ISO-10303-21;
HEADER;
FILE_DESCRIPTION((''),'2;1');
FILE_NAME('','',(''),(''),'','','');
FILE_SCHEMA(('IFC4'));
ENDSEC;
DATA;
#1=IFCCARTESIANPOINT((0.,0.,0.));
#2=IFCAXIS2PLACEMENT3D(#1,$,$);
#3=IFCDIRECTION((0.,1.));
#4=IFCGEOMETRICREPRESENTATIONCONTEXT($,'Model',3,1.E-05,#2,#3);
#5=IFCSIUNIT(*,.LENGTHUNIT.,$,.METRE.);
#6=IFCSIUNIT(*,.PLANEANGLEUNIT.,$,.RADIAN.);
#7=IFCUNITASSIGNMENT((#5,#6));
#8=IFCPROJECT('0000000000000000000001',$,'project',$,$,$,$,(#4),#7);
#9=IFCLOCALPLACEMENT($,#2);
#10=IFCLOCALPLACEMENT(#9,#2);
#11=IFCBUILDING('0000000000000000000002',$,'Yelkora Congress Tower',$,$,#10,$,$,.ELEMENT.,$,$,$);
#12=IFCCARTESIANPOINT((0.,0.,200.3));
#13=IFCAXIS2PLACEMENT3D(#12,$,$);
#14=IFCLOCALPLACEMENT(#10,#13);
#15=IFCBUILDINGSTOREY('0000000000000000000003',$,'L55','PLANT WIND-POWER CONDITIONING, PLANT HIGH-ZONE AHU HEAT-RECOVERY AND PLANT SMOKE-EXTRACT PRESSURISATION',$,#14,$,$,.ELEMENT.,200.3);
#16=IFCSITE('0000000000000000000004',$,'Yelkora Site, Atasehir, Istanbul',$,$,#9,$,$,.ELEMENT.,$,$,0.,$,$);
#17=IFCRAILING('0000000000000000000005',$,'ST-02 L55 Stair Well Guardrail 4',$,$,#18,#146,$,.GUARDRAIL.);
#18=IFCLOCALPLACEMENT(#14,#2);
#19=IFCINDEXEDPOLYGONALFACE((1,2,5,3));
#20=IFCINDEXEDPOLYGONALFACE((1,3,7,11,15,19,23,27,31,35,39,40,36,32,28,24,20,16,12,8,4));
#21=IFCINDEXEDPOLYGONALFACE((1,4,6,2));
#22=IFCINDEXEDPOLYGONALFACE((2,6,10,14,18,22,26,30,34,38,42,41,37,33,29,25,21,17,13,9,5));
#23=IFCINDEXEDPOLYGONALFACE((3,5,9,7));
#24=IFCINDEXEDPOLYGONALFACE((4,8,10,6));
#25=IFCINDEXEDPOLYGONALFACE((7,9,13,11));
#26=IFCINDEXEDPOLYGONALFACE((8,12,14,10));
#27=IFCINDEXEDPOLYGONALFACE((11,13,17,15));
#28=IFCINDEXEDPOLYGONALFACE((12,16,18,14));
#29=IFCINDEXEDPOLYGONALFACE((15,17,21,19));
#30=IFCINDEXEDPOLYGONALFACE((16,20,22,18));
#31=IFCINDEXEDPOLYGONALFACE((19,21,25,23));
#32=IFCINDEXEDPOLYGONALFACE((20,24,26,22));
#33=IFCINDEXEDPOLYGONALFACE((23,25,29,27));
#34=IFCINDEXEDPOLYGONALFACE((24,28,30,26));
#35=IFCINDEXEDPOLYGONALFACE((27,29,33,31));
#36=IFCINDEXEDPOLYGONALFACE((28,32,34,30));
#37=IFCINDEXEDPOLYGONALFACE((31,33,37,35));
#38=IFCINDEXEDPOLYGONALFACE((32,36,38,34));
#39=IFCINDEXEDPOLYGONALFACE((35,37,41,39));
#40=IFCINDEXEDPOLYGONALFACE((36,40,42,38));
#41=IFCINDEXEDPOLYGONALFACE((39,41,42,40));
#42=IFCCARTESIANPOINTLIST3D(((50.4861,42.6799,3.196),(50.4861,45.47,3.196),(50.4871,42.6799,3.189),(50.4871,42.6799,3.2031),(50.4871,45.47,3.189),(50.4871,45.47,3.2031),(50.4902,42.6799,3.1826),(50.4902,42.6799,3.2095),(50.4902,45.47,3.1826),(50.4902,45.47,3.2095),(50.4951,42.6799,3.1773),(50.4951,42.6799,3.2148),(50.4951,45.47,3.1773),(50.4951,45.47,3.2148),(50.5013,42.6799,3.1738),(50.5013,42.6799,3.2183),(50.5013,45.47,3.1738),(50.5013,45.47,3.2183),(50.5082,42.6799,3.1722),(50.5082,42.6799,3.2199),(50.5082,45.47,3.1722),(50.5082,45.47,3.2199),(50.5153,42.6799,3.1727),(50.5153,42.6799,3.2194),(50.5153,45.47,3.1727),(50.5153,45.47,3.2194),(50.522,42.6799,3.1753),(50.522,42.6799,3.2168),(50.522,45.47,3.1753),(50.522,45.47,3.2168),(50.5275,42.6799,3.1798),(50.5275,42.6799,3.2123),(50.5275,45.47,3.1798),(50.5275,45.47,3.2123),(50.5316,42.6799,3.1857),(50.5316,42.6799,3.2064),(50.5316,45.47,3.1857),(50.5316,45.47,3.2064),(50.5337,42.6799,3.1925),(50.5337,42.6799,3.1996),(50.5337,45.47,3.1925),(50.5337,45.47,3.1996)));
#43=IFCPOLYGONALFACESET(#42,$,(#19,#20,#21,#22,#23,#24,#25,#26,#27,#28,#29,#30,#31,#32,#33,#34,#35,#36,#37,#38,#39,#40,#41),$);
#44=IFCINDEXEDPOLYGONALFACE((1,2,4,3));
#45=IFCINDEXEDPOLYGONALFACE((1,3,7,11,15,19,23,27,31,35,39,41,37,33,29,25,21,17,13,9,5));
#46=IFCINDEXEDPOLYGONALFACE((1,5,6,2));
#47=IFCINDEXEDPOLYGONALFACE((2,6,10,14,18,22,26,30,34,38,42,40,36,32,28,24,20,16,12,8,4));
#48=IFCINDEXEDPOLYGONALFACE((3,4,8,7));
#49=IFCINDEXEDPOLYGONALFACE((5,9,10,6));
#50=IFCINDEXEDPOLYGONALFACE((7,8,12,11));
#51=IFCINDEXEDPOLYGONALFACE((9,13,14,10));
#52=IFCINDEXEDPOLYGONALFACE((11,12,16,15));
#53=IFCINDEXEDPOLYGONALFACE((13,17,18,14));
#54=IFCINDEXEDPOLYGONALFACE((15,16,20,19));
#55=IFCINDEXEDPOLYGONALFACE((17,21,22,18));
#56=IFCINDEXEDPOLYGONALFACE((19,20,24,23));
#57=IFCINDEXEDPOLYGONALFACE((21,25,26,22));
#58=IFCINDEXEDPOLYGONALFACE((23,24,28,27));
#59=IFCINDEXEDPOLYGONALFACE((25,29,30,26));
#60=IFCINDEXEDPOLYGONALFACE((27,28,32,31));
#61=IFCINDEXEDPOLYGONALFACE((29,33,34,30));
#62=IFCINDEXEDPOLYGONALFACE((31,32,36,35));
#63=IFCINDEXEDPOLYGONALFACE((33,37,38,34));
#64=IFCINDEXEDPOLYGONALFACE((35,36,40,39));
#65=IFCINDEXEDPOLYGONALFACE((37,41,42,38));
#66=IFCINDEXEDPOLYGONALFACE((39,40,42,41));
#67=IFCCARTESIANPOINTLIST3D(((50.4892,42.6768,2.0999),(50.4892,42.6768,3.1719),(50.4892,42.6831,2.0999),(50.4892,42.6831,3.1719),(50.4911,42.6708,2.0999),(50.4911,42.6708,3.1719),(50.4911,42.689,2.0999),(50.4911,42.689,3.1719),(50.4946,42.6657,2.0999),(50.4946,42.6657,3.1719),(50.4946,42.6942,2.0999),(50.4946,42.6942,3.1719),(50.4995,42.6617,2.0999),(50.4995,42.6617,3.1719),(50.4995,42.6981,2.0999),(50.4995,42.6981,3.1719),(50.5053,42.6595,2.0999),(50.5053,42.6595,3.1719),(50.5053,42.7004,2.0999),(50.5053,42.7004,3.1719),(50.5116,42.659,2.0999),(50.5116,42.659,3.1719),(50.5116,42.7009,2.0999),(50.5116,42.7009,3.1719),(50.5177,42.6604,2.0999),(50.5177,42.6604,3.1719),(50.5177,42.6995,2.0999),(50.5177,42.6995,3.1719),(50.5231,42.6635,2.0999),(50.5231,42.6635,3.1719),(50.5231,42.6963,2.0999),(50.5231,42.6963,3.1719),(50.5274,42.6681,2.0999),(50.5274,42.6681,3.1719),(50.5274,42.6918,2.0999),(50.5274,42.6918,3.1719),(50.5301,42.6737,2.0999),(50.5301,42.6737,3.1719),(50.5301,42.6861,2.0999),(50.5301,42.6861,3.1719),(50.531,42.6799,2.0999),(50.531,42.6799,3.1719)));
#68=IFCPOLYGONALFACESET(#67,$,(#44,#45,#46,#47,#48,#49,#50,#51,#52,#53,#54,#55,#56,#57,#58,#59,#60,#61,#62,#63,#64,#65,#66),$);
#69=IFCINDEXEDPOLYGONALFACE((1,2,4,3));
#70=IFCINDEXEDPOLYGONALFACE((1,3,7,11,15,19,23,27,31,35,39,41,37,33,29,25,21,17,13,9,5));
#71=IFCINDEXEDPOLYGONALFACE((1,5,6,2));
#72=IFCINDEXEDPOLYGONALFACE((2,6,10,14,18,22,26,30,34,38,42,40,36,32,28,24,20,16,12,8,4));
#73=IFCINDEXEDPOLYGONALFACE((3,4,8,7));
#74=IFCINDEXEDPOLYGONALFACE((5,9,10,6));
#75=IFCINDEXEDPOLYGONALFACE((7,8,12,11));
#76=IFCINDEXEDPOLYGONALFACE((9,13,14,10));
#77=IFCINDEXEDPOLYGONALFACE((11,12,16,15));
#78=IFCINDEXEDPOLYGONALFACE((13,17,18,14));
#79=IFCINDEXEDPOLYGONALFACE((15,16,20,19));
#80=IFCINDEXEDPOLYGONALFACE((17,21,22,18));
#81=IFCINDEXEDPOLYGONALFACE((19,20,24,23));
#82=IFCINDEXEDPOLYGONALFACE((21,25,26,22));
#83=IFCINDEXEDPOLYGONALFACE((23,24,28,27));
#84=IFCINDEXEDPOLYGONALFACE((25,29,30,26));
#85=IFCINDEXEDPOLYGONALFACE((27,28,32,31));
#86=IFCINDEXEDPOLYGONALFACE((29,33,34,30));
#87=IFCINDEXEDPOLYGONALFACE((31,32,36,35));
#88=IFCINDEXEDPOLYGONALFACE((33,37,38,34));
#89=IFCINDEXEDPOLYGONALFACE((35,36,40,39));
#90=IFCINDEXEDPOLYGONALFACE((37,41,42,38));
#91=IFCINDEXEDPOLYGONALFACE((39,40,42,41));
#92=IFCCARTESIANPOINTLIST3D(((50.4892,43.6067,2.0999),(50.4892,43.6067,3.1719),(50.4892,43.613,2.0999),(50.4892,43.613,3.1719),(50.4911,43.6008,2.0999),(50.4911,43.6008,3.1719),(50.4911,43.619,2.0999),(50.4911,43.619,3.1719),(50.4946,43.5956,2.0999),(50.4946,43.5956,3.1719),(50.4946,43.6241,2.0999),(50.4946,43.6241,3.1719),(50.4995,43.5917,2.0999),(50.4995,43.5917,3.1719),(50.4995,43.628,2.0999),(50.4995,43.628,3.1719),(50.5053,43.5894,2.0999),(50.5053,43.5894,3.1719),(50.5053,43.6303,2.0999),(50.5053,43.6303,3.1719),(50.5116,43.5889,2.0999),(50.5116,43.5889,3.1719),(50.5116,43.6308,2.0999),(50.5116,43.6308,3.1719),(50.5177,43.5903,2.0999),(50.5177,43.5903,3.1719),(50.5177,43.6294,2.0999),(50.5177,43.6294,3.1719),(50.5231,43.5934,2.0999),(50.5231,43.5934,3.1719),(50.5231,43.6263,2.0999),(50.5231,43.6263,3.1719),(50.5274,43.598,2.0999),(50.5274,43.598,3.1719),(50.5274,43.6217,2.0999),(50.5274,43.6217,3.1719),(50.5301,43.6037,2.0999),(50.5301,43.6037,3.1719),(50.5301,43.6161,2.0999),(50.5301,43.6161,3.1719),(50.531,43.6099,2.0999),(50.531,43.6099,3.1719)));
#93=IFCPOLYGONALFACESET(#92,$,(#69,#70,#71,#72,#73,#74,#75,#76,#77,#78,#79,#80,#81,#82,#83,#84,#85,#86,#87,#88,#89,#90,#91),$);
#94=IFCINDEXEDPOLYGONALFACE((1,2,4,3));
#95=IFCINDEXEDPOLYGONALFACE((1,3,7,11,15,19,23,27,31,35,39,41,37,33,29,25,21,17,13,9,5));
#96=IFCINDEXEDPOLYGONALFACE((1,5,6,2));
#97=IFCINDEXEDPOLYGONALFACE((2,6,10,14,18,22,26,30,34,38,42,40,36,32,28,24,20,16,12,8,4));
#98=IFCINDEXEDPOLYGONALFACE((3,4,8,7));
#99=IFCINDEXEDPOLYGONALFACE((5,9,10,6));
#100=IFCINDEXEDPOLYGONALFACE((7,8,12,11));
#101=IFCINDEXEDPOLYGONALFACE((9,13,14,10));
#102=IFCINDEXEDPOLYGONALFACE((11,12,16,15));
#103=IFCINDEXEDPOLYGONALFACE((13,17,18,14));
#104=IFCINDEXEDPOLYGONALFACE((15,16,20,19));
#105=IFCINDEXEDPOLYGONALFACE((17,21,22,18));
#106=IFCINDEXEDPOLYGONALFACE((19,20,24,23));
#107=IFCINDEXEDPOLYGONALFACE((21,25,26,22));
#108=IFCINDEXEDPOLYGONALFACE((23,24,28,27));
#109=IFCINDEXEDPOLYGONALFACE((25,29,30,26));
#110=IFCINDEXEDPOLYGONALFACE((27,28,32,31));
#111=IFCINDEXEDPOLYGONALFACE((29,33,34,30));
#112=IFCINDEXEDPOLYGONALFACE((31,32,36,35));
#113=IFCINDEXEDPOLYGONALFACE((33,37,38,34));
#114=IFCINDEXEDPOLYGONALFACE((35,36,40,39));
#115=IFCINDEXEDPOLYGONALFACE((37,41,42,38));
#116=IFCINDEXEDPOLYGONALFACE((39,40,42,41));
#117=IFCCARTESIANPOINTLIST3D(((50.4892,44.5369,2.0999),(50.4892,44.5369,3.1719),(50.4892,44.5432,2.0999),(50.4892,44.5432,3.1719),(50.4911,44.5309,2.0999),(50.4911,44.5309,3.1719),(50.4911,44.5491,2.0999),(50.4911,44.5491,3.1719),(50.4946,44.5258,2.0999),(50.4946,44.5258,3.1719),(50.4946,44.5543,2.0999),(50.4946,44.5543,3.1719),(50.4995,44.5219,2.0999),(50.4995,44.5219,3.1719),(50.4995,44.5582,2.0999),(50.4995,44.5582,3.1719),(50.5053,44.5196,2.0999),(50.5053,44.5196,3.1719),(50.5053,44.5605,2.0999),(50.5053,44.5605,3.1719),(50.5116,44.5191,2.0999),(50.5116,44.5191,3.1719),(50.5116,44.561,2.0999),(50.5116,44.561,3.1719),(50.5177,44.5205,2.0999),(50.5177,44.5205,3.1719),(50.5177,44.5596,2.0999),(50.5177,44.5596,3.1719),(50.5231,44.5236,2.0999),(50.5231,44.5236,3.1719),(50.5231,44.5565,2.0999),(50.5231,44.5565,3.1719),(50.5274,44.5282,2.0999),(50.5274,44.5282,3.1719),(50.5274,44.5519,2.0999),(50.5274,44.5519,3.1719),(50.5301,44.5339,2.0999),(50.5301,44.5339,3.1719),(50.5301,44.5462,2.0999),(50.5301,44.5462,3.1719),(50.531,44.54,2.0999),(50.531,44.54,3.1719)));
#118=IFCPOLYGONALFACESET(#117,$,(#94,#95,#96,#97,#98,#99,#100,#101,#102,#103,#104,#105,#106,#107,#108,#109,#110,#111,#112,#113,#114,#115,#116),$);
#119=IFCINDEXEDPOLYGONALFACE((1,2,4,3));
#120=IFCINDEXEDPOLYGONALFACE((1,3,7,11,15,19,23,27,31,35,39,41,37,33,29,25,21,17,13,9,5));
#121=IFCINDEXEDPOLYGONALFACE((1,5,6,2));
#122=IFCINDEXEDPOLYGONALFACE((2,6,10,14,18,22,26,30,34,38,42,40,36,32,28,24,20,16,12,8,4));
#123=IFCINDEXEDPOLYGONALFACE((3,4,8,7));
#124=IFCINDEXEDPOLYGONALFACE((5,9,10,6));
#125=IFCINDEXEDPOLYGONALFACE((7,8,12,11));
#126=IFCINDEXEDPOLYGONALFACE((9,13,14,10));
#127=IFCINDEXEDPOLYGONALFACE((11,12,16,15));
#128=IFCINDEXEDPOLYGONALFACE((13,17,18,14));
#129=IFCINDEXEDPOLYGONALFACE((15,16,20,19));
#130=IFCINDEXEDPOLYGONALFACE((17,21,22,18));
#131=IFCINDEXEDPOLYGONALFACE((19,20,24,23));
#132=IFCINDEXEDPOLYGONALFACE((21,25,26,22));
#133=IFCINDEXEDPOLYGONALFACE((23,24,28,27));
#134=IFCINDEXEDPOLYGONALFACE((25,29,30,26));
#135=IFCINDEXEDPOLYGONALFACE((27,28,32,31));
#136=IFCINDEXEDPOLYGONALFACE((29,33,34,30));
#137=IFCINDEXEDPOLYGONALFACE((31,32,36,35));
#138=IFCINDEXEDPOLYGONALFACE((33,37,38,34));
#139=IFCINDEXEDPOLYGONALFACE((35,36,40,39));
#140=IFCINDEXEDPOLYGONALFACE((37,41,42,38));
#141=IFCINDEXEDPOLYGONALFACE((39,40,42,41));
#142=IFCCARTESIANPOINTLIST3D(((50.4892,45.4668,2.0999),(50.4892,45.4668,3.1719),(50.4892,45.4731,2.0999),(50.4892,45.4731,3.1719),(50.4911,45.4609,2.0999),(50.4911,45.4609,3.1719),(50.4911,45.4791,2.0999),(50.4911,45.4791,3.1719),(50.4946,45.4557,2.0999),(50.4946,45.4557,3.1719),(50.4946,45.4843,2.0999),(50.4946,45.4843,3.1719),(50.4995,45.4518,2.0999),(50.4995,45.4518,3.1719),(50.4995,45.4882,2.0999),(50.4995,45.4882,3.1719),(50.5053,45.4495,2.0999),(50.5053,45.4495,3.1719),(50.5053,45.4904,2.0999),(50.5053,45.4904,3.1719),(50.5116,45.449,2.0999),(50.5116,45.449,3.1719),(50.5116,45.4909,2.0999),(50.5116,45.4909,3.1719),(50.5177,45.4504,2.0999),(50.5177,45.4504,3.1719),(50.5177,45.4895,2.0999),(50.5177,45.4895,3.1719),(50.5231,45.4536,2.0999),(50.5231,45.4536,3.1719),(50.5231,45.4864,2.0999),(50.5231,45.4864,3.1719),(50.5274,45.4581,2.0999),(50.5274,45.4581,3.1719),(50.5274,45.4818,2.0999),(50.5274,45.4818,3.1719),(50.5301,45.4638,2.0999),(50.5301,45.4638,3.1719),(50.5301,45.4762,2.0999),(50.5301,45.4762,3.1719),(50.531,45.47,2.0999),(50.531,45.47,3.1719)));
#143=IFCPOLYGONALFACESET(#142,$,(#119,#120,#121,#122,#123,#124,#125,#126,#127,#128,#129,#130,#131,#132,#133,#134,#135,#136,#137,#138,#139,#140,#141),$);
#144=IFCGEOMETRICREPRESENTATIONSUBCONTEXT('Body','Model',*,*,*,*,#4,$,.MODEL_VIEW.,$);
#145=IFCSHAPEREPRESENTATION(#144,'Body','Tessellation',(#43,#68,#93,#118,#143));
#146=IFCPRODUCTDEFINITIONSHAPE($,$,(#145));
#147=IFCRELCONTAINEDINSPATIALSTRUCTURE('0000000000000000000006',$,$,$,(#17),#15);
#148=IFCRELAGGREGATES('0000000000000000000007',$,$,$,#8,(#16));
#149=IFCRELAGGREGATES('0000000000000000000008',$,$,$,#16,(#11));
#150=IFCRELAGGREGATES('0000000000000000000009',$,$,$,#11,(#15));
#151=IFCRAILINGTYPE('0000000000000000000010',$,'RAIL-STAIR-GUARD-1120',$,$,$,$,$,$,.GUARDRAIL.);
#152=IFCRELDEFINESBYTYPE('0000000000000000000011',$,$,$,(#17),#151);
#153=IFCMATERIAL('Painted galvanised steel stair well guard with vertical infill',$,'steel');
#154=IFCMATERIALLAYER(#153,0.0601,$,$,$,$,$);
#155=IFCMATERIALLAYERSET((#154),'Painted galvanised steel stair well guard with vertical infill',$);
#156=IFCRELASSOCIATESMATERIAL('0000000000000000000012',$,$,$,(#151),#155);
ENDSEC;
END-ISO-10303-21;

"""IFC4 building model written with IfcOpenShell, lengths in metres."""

from ifc_helpers import new_model, si_unit, direction, frame, origin, origin_2d, place, context, subcontext, project, spatial, circle, extrude, material, layer, layer_set, type_object, element, save


model = new_model("IFC4")

# Units and contexts
model_context = context("Model", 3, precision=1e-05, world=origin(), true_north=direction((0.0, 1.0)))
body_context = subcontext(model_context, "Body", "Model", "MODEL_VIEW")
ifc_project = project(units=[si_unit("LENGTHUNIT", "METRE"), si_unit("PLANEANGLEUNIT", "RADIAN")], contexts=[model_context])

# Site, building, storey
site_placement = place(None, origin())
site = spatial("IfcSite", under=ifc_project, at=site_placement, Name="Yelkora Site, Atasehir, Istanbul", CompositionType="ELEMENT", RefElevation=0.0)
building_placement = place(site_placement, origin())
building = spatial("IfcBuilding", under=site, at=building_placement, Name="Yelkora Congress Tower", CompositionType="ELEMENT")
storey_placement = place(building_placement, frame((0.0, 0.0, 200.3)))
storey = spatial("IfcBuildingStorey", under=building, at=storey_placement, Name="L55", Description="PLANT WIND-POWER CONDITIONING, PLANT HIGH-ZONE AHU HEAT-RECOVERY AND PLANT SMOKE-EXTRACT PRESSURISATION", CompositionType="ELEMENT", Elevation=200.3)

# Railing
ifc_material_1 = material(Name="Painted galvanised steel stair well guard with vertical infill", Category="steel")
ifc_layer_1 = layer(ifc_material_1, 0.0601)
ifc_layer_set_1 = layer_set([ifc_layer_1], Name="Painted galvanised steel stair well guard with vertical infill")
railing_type_1 = type_object("IfcRailingType", Name="RAIL-STAIR-GUARD-1120", PredefinedType="GUARDRAIL", material=ifc_layer_set_1)
for number, where, name in (
    (1, (50.51, 42.6799, 2.0999), "ST-02 L55 Stair Well Guardrail 4"),
):
    element("IfcRailing", number, at=place(storey_placement, frame(where)), inside=storey, type_object=railing_type_1, Name=name, PredefinedType="GUARDRAIL", context=body_context, shape_type="SweptSolid", body=[
        extrude(circle(Radius=0.0239, at=origin_2d()), frame((0.0, 0.0, 1.0962), z_axis=(0.0, 1.0, 0.0), x_axis=(-1.0, 0.0, 0.0)), (0.0, 0.0, 1.0), 2.79),
        extrude(circle(Radius=0.021, at=origin_2d()), origin(), (0.0, 0.0, 1.0), 1.072),
        extrude(circle(Radius=0.021, at=origin_2d()), frame((0.0, 0.9299, 0.0)), (0.0, 0.0, 1.0), 1.072),
        extrude(circle(Radius=0.021, at=origin_2d()), frame((0.0, 1.8601, 0.0)), (0.0, 0.0, 1.0), 1.072),
        extrude(circle(Radius=0.021, at=origin_2d()), frame((0.0, 2.79, 0.0)), (0.0, 0.0, 1.0), 1.072),
    ])

save(model, "model.ifc")
